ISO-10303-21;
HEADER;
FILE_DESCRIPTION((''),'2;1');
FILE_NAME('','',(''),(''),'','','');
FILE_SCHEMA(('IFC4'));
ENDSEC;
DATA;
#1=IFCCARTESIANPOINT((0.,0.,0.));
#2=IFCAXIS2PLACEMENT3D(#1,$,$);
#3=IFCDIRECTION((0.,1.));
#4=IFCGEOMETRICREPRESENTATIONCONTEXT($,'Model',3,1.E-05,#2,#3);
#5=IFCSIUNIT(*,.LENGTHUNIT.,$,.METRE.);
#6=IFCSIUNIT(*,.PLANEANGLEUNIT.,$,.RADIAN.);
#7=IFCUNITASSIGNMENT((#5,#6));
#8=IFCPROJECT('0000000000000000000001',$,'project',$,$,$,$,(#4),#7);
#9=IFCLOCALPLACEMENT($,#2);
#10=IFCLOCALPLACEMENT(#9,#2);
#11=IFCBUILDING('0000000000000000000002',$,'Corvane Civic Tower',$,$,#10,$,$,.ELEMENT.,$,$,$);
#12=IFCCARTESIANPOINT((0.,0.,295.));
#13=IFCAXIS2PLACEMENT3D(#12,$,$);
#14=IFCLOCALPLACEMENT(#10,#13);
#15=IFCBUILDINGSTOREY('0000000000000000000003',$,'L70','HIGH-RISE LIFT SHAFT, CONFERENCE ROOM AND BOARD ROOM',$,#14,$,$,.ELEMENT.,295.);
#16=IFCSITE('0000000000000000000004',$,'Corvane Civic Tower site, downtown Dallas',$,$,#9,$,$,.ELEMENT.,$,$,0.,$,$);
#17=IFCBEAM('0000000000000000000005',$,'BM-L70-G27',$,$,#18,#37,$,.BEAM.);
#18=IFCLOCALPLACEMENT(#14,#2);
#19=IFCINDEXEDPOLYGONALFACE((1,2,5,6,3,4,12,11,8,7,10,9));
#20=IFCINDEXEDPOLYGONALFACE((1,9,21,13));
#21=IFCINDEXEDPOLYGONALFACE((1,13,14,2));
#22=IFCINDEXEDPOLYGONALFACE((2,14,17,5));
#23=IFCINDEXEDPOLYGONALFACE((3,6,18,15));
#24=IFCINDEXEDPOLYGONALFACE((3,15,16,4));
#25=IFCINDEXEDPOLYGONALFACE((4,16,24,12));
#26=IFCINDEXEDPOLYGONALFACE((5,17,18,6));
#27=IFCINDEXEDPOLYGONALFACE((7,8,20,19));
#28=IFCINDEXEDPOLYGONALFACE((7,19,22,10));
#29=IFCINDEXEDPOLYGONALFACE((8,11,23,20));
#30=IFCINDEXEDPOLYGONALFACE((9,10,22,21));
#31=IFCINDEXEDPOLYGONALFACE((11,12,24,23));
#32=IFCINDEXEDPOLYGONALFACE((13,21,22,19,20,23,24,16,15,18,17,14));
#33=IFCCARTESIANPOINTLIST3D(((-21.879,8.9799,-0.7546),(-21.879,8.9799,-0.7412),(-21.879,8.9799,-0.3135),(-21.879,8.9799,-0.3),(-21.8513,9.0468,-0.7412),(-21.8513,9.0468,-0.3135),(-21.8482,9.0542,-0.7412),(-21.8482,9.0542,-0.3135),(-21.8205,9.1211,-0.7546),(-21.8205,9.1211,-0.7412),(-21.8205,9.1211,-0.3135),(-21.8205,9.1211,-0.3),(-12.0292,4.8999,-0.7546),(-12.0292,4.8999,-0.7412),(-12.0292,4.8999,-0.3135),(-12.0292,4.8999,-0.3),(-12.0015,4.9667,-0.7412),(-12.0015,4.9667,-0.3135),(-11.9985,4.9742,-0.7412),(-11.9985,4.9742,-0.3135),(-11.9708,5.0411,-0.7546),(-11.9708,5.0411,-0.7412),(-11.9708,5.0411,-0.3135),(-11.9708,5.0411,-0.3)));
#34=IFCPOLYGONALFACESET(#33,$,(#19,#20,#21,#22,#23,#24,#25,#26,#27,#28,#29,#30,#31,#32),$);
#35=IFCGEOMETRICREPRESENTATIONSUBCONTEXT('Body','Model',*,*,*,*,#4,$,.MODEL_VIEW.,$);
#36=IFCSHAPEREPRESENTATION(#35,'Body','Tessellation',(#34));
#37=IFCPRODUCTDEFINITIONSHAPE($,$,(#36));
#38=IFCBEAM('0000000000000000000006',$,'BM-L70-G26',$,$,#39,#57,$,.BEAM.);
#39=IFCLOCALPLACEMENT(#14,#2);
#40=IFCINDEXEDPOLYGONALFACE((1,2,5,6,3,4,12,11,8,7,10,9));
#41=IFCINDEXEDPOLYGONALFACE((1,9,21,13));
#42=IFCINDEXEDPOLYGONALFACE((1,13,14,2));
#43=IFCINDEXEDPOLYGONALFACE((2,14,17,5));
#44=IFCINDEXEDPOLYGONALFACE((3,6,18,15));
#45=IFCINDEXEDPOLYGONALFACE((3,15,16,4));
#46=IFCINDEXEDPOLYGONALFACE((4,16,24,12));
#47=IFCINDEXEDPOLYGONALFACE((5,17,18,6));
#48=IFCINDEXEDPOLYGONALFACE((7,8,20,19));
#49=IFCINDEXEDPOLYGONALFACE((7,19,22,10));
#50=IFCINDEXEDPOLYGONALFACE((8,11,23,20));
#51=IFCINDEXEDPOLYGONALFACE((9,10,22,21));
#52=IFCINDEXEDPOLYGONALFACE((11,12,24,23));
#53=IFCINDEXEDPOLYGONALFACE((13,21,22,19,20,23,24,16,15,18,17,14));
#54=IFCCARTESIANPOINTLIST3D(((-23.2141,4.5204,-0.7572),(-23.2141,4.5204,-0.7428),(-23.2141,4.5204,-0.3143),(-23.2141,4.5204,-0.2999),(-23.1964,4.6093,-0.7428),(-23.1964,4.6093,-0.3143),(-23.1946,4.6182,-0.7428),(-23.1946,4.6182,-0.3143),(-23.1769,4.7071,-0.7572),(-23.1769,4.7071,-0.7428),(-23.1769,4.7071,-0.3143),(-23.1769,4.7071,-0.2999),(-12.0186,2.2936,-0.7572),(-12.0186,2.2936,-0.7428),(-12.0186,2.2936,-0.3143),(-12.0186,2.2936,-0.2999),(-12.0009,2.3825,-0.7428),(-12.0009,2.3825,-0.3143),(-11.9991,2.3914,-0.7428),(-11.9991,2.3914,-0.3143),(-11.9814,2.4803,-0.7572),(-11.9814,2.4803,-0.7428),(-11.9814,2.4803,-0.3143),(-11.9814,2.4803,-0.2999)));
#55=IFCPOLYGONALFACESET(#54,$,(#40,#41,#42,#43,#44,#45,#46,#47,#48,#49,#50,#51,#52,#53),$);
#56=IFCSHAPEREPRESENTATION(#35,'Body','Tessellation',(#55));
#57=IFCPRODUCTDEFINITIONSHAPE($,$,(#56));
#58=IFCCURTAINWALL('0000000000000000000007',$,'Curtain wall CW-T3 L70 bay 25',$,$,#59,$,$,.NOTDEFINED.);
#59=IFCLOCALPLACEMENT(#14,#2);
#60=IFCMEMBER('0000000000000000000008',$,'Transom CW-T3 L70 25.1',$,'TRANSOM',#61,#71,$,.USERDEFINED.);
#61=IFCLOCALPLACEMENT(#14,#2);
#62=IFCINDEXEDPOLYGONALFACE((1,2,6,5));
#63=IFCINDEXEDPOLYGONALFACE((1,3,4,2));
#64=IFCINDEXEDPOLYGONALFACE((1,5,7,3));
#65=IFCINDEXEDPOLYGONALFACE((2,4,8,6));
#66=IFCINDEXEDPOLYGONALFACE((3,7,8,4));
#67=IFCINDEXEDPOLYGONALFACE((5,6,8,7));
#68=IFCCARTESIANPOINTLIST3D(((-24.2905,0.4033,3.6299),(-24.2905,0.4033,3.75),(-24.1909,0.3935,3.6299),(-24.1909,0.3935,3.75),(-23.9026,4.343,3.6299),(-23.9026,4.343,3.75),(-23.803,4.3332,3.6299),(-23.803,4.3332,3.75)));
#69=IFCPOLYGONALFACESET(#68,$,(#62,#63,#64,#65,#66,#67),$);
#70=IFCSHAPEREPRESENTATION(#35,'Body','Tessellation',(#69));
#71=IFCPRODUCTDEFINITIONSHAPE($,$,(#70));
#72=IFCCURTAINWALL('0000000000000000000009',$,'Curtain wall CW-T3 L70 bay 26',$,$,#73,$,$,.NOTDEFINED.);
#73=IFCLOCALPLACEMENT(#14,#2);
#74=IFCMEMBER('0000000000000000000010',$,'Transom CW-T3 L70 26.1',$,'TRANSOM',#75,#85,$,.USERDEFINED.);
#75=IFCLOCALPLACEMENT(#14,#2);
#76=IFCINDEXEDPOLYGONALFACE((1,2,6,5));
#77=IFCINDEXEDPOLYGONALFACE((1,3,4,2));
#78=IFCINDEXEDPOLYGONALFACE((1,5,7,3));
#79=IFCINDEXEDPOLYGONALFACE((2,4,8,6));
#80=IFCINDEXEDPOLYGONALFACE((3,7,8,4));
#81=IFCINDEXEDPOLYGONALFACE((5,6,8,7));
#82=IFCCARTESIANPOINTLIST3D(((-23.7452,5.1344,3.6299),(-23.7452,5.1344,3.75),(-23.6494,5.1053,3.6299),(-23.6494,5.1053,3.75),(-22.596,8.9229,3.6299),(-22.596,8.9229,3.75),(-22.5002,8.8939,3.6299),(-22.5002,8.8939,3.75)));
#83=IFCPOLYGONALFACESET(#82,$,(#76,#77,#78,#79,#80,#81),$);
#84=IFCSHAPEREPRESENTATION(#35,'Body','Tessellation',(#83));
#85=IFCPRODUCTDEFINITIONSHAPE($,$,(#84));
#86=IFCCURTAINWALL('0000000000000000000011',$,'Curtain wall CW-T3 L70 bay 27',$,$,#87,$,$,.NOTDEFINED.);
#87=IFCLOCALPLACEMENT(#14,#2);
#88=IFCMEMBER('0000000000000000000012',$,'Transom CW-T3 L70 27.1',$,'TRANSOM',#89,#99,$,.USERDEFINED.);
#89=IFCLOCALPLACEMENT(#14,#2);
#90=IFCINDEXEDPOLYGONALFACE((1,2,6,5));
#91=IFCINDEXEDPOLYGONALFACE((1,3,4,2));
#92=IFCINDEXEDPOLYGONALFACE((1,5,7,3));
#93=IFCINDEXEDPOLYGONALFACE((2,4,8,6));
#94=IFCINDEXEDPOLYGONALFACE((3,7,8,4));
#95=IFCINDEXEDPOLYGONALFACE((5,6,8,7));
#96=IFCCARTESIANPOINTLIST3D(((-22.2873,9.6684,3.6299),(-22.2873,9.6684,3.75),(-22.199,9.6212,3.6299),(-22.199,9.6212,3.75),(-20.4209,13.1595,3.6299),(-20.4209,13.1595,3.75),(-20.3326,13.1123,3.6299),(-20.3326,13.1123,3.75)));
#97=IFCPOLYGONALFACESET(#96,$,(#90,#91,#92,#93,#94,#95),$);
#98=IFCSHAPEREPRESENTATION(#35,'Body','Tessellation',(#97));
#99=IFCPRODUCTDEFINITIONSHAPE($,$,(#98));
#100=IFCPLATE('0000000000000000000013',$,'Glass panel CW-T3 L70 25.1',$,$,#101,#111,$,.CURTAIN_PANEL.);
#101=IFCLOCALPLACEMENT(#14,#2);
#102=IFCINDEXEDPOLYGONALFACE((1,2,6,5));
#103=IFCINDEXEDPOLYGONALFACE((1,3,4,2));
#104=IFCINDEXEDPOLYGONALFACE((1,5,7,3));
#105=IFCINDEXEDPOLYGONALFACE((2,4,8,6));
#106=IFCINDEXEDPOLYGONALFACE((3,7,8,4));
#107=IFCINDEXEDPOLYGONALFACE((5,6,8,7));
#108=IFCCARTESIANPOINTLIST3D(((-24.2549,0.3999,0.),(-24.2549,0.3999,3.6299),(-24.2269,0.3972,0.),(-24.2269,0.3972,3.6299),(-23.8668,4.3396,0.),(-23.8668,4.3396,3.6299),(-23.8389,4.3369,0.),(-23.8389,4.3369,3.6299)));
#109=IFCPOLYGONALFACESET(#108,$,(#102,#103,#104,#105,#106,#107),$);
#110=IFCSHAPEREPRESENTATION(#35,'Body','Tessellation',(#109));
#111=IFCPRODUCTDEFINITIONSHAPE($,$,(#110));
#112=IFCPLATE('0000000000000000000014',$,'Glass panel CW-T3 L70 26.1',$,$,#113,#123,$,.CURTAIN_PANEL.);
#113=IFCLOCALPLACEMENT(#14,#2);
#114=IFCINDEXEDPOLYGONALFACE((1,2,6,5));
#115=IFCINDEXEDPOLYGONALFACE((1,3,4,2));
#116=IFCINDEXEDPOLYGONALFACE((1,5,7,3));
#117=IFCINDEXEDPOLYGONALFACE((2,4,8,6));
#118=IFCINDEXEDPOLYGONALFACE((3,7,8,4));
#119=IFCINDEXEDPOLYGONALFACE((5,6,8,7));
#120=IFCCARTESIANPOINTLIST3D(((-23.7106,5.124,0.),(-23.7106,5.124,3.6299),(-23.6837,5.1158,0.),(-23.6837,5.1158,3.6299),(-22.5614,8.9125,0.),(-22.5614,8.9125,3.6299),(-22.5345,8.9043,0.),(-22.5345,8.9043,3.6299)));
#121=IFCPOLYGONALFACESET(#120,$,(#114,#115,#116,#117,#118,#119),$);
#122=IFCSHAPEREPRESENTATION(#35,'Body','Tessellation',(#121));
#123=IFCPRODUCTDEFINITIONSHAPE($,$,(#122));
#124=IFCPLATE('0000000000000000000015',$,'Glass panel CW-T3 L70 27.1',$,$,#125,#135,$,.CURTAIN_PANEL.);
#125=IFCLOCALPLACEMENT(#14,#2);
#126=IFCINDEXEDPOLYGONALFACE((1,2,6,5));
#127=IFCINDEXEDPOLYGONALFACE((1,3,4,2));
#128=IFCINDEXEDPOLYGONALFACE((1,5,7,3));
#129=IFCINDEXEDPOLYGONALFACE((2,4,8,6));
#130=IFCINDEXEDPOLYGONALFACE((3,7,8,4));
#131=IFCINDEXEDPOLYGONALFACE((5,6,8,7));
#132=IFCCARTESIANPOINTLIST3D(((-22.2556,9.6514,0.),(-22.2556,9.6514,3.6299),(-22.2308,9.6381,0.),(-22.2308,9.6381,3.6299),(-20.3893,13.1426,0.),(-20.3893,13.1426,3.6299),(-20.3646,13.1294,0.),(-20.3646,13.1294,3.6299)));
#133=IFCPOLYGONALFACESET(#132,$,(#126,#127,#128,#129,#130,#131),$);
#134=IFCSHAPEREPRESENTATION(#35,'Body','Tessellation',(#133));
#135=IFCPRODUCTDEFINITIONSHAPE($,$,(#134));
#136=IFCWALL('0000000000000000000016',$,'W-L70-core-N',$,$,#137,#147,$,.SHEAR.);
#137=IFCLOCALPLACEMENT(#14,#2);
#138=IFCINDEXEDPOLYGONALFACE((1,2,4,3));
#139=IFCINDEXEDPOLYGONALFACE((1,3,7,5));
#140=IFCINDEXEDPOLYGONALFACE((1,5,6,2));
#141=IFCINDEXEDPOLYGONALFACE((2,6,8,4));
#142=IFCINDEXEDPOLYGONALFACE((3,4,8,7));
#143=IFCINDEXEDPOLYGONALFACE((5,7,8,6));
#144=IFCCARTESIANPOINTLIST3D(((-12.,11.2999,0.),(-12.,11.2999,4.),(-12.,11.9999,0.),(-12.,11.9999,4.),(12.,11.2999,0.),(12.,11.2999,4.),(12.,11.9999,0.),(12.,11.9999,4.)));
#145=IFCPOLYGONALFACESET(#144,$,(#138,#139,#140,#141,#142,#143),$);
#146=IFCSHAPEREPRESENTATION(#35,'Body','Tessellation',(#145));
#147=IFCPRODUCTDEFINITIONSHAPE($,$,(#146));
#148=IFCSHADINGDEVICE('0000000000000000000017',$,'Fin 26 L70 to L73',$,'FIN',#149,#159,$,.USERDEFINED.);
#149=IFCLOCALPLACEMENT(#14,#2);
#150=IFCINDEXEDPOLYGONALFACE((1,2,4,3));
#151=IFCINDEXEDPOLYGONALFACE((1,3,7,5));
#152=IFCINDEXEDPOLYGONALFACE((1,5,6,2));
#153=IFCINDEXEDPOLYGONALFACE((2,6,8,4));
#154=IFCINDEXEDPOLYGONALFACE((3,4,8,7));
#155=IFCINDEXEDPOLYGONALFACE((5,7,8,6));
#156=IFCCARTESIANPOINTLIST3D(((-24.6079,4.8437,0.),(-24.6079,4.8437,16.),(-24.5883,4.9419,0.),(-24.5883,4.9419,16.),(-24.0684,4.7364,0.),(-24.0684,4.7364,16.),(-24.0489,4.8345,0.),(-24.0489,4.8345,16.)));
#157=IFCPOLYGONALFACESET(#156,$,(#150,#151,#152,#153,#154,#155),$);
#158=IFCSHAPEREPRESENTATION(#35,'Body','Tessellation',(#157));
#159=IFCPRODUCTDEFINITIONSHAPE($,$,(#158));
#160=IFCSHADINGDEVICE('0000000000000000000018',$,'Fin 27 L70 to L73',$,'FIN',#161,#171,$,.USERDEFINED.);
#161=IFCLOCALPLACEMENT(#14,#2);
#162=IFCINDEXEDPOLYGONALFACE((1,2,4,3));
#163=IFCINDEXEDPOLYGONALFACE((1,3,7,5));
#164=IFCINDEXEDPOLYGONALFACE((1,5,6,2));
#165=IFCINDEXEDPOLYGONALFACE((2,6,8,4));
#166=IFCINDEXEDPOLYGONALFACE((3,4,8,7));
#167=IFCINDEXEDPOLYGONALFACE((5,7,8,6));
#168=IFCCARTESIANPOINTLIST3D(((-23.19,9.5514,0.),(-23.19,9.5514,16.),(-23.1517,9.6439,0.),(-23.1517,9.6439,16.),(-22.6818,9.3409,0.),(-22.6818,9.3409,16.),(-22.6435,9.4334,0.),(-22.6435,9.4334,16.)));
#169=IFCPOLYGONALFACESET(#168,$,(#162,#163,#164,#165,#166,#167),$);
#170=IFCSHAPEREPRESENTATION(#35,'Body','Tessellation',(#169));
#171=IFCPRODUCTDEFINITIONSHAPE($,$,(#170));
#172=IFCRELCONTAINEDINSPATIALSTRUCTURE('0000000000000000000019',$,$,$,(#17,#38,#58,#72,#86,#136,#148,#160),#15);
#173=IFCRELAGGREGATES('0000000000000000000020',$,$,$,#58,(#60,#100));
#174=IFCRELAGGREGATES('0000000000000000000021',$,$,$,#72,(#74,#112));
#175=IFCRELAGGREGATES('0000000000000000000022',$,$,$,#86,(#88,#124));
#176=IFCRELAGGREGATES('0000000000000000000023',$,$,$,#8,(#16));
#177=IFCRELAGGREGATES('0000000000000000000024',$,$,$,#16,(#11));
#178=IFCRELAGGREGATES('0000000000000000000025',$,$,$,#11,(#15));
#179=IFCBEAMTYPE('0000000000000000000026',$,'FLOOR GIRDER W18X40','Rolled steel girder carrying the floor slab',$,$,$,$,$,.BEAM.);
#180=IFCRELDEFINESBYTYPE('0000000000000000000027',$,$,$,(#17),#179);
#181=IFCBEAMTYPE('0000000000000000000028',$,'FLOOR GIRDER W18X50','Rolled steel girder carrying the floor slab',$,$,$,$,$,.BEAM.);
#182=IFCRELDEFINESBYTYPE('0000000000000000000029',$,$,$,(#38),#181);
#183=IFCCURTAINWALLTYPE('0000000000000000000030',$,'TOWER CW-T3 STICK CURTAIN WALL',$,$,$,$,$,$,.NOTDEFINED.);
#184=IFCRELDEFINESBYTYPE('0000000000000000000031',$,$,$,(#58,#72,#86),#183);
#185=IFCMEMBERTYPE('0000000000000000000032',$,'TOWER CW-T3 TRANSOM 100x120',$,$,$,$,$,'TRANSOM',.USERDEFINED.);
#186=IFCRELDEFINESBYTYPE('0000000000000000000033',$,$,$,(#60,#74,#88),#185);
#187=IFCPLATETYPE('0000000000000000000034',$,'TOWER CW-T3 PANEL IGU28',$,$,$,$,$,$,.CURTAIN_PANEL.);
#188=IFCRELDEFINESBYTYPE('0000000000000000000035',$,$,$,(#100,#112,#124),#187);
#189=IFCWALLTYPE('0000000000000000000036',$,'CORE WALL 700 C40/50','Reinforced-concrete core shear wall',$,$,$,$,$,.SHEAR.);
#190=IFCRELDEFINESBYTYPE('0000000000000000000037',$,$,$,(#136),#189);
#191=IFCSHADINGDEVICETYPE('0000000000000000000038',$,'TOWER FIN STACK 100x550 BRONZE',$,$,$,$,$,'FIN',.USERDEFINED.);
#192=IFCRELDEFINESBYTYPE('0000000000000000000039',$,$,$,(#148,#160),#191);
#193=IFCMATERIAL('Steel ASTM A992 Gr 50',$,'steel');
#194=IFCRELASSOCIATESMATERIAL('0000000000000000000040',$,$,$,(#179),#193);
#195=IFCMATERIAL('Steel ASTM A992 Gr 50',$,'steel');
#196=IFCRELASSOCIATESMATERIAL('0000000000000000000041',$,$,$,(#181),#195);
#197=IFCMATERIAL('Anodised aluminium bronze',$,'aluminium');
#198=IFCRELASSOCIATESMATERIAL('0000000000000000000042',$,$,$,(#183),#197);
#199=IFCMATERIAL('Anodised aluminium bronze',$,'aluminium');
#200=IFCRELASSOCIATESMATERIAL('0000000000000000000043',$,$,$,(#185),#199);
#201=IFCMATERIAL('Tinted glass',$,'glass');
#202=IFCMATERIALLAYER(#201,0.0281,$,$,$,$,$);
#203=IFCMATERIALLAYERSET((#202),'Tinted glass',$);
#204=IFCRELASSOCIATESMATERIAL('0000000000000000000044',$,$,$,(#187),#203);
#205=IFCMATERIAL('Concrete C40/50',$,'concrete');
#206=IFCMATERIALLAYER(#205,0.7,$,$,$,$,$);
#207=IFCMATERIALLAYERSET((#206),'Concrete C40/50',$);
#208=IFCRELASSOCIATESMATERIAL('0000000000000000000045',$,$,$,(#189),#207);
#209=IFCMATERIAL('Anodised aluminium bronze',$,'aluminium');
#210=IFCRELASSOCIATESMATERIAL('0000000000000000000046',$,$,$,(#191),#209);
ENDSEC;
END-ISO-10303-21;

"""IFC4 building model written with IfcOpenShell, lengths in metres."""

from ifc_helpers import new_model, si_unit, direction, frame, frame_2d, origin, origin_2d, place, context, subcontext, project, spatial, rectangle, i_section, extrude, material, layer, layer_set, material_profile, profile_set, type_object, element, aggregate, save


model = new_model("IFC4")

# Units and contexts
model_context = context("Model", 3, precision=1e-05, world=origin(), true_north=direction((0.0, 1.0)))
body_context = subcontext(model_context, "Body", "Model", "MODEL_VIEW")
ifc_project = project(units=[si_unit("LENGTHUNIT", "METRE"), si_unit("PLANEANGLEUNIT", "RADIAN")], contexts=[model_context])

# Site, building, storey
site_placement = place(None, origin())
site = spatial("IfcSite", under=ifc_project, at=site_placement, Name="Corvane Civic Tower site, downtown Dallas", CompositionType="ELEMENT", RefElevation=0.0)
building_placement = place(site_placement, origin())
building = spatial("IfcBuilding", under=site, at=building_placement, Name="Corvane Civic Tower", CompositionType="ELEMENT")
storey_placement = place(building_placement, frame((0.0, 0.0, 295.0)))
storey = spatial("IfcBuildingStorey", under=building, at=storey_placement, Name="L70", Description="HIGH-RISE LIFT SHAFT, CONFERENCE ROOM AND BOARD ROOM", CompositionType="ELEMENT", Elevation=295.0)

# Beams
ifc_material_1 = material(Name="Steel ASTM A992 Gr 50", Category="steel")
ifc_material_profile_1 = material_profile(ifc_material_1, i_section(OverallWidth=0.1528, OverallDepth=0.4546, WebThickness=0.0081, FlangeThickness=0.0134, at=origin_2d()), Name="W18X40")
ifc_profile_set_1 = profile_set([ifc_material_profile_1], Name="Steel ASTM A992 Gr 50")
beam_type_1 = type_object("IfcBeamType", Name="FLOOR GIRDER W18X40", Description="Rolled steel girder carrying the floor slab", PredefinedType="BEAM", material=ifc_profile_set_1)
beam_1_placement = place(storey_placement, frame((-12.0, 4.9705, -0.5273), z_axis=(-0.923875, 0.382694, 0.0), x_axis=(-0.382694, -0.923875, 0.0)))
element("IfcBeam", 1, at=beam_1_placement, inside=storey, type_object=beam_type_1, Name="BM-L70-G27", PredefinedType="BEAM", context=body_context, shape_type="SweptSolid", body=[
    extrude(i_section(OverallWidth=0.1528, OverallDepth=0.4546, WebThickness=0.0081, FlangeThickness=0.0134, at=origin_2d()), origin(), (0.0, 0.0, 1.0), 10.6614),
])
ifc_material_2 = material(Name="Steel ASTM A992 Gr 50", Category="steel")
ifc_material_profile_2 = material_profile(ifc_material_2, i_section(OverallWidth=0.1904, OverallDepth=0.4573, WebThickness=0.009, FlangeThickness=0.0144, at=origin_2d()), Name="W18X50")
ifc_profile_set_2 = profile_set([ifc_material_profile_2], Name="Steel ASTM A992 Gr 50")
beam_type_2 = type_object("IfcBeamType", Name="FLOOR GIRDER W18X50", Description="Rolled steel girder carrying the floor slab", PredefinedType="BEAM", material=ifc_profile_set_2)
beam_2_placement = place(storey_placement, frame((-12.0, 2.387, -0.5286), z_axis=(-0.980787, 0.19508, 0.0), x_axis=(-0.19508, -0.980787, 0.0)))
element("IfcBeam", 2, at=beam_2_placement, inside=storey, type_object=beam_type_2, Name="BM-L70-G26", PredefinedType="BEAM", context=body_context, shape_type="SweptSolid", body=[
    extrude(i_section(OverallWidth=0.1904, OverallDepth=0.4573, WebThickness=0.009, FlangeThickness=0.0144, at=origin_2d()), origin(), (0.0, 0.0, 1.0), 11.4148),
])

# Curtain walls, members
ifc_material_3 = material(Name="Anodised aluminium bronze", Category="aluminium")
curtain_wall_type = type_object("IfcCurtainWallType", Name="TOWER CW-T3 STICK CURTAIN WALL", PredefinedType="NOTDEFINED", material=ifc_material_3)
curtain_wall_1_placement = place(storey_placement, origin())
curtain_wall_1 = element("IfcCurtainWall", 3, at=curtain_wall_1_placement, inside=storey, type_object=curtain_wall_type, Name="Curtain wall CW-T3 L70 bay 25", PredefinedType="NOTDEFINED")
ifc_material_4 = material(Name="Anodised aluminium bronze", Category="aluminium")
ifc_material_profile_3 = material_profile(ifc_material_4, rectangle(XDim=0.1001, YDim=0.1201, at=origin_2d()), Name="TOWER CW-T3 TRANSOM 100x120")
ifc_profile_set_3 = profile_set([ifc_material_profile_3], Name="Anodised aluminium bronze")
member_type = type_object("IfcMemberType", Name="TOWER CW-T3 TRANSOM 100x120", ElementType="TRANSOM", PredefinedType="USERDEFINED", material=ifc_profile_set_3)
member_1_placement = place(storey_placement, frame((-24.2407, 0.3984, 3.6899), z_axis=(0.097995, 0.995187, 0.0), x_axis=(-0.995187, 0.097995, 0.0)))
member_1 = element("IfcMember", 4, at=member_1_placement, type_object=member_type, Name="Transom CW-T3 L70 25.1", ObjectType="TRANSOM", PredefinedType="USERDEFINED", context=body_context, shape_type="SweptSolid", body=[
    extrude(rectangle(XDim=0.1001, YDim=0.1201, at=origin_2d()), origin(), (0.0, 0.0, 1.0), 3.9587),
])
curtain_wall_2_placement = place(storey_placement, origin())
curtain_wall_2 = element("IfcCurtainWall", 5, at=curtain_wall_2_placement, inside=storey, type_object=curtain_wall_type, Name="Curtain wall CW-T3 L70 bay 26", PredefinedType="NOTDEFINED")
member_2_placement = place(storey_placement, frame((-23.6973, 5.1199, 3.6899), z_axis=(0.290266, 0.956946, 0.0), x_axis=(-0.956946, 0.290266, 0.0)))
member_2 = element("IfcMember", 6, at=member_2_placement, type_object=member_type, Name="Transom CW-T3 L70 26.1", ObjectType="TRANSOM", PredefinedType="USERDEFINED", context=body_context, shape_type="SweptSolid", body=[
    extrude(rectangle(XDim=0.1001, YDim=0.1201, at=origin_2d()), origin(), (0.0, 0.0, 1.0), 3.959),
])
curtain_wall_3_placement = place(storey_placement, origin())
curtain_wall_3 = element("IfcCurtainWall", 7, at=curtain_wall_3_placement, inside=storey, type_object=curtain_wall_type, Name="Curtain wall CW-T3 L70 bay 27", PredefinedType="NOTDEFINED")
member_3_placement = place(storey_placement, frame((-22.2432, 9.6448, 3.6899), z_axis=(0.471468, 0.881883, 0.0), x_axis=(-0.881883, 0.471468, 0.0)))
member_3 = element("IfcMember", 8, at=member_3_placement, type_object=member_type, Name="Transom CW-T3 L70 27.1", ObjectType="TRANSOM", PredefinedType="USERDEFINED", context=body_context, shape_type="SweptSolid", body=[
    extrude(rectangle(XDim=0.1001, YDim=0.1201, at=origin_2d()), origin(), (0.0, 0.0, 1.0), 3.9587),
])

# Plates
ifc_material_5 = material(Name="Tinted glass", Category="glass")
ifc_layer_1 = layer(ifc_material_5, 0.0281)
ifc_layer_set_1 = layer_set([ifc_layer_1], Name="Tinted glass")
plate_type = type_object("IfcPlateType", Name="TOWER CW-T3 PANEL IGU28", PredefinedType="CURTAIN_PANEL", material=ifc_layer_set_1)
plate_1_placement = place(storey_placement, frame((-24.0469, 2.3684, 0.0), z_axis=(0.0, 0.0, 1.0), x_axis=(0.098021, 0.995184, 0.0)))
plate_1 = element("IfcPlate", 9, at=plate_1_placement, type_object=plate_type, Name="Glass panel CW-T3 L70 25.1", PredefinedType="CURTAIN_PANEL", context=body_context, shape_type="SweptSolid", body=[
    extrude(rectangle(XDim=3.9587, YDim=0.0281, at=origin_2d()), origin(), (0.0, 0.0, 1.0), 3.6299),
])
aggregate(curtain_wall_1, [member_1, plate_1])
plate_2_placement = place(storey_placement, frame((-23.1226, 7.0142, 0.0), z_axis=(0.0, 0.0, 1.0), x_axis=(0.290274, 0.956944, 0.0)))
plate_2 = element("IfcPlate", 10, at=plate_2_placement, type_object=plate_type, Name="Glass panel CW-T3 L70 26.1", PredefinedType="CURTAIN_PANEL", context=body_context, shape_type="SweptSolid", body=[
    extrude(rectangle(XDim=3.959, YDim=0.0281, at=origin_2d()), origin(), (0.0, 0.0, 1.0), 3.6299),
])
aggregate(curtain_wall_2, [member_2, plate_2])
plate_3_placement = place(storey_placement, frame((-21.3101, 11.3904, 0.0), z_axis=(0.0, 0.0, 1.0), x_axis=(0.471421, 0.881908, 0.0)))
plate_3 = element("IfcPlate", 11, at=plate_3_placement, type_object=plate_type, Name="Glass panel CW-T3 L70 27.1", PredefinedType="CURTAIN_PANEL", context=body_context, shape_type="SweptSolid", body=[
    extrude(rectangle(XDim=3.9587, YDim=0.0281, at=origin_2d()), origin(), (0.0, 0.0, 1.0), 3.6299),
])
aggregate(curtain_wall_3, [member_3, plate_3])

# Wall
ifc_material_6 = material(Name="Concrete C40/50", Category="concrete")
ifc_layer_2 = layer(ifc_material_6, 0.7)
ifc_layer_set_2 = layer_set([ifc_layer_2], Name="Concrete C40/50")
wall_type = type_object("IfcWallType", Name="CORE WALL 700 C40/50", Description="Reinforced-concrete core shear wall", PredefinedType="SHEAR", material=ifc_layer_set_2)
wall_placement = place(storey_placement, frame((-12.0, 11.6499, 0.0), z_axis=(0.0, 0.0, 1.0), x_axis=(1.0, 0.0, 0.0)))
element("IfcWall", 12, at=wall_placement, inside=storey, type_object=wall_type, Name="W-L70-core-N", PredefinedType="SHEAR", context=body_context, shape_type="SweptSolid", body=[
    extrude(rectangle(XDim=24.0, YDim=0.7, at=frame_2d((12.0, 0.0))), origin(), (0.0, 0.0, 1.0), 4.0),
])

# Shading devices
ifc_material_7 = material(Name="Anodised aluminium bronze", Category="aluminium")
ifc_material_profile_4 = material_profile(ifc_material_7, rectangle(XDim=0.1001, YDim=0.55, at=origin_2d()), Name="TOWER FIN STACK 100x550 BRONZE")
ifc_profile_set_4 = profile_set([ifc_material_profile_4], Name="Anodised aluminium bronze")
shading_device_type = type_object("IfcShadingDeviceType", Name="TOWER FIN STACK 100x550 BRONZE", ElementType="FIN", PredefinedType="USERDEFINED", material=ifc_profile_set_4)
for number, where, z_axis, x_axis, name in (
    (13, (-24.3284, 4.8391, 0.0), (0.0, 0.0, 1.0), (0.19509, 0.980785, 0.0), "Fin 26 L70 to L73"),
    (14, (-22.9167, 9.4924, 0.0), (0.0, 0.0, 1.0), (0.382683, 0.92388, 0.0), "Fin 27 L70 to L73"),
):
    element("IfcShadingDevice", number, at=place(storey_placement, frame(where, z_axis=z_axis, x_axis=x_axis)), inside=storey, type_object=shading_device_type, Name=name, ObjectType="FIN", PredefinedType="USERDEFINED", context=body_context, shape_type="SweptSolid", body=[
        extrude(rectangle(XDim=0.1001, YDim=0.55, at=origin_2d()), origin(), (0.0, 0.0, 1.0), 16.0),
    ])

save(model, "model.ifc")
